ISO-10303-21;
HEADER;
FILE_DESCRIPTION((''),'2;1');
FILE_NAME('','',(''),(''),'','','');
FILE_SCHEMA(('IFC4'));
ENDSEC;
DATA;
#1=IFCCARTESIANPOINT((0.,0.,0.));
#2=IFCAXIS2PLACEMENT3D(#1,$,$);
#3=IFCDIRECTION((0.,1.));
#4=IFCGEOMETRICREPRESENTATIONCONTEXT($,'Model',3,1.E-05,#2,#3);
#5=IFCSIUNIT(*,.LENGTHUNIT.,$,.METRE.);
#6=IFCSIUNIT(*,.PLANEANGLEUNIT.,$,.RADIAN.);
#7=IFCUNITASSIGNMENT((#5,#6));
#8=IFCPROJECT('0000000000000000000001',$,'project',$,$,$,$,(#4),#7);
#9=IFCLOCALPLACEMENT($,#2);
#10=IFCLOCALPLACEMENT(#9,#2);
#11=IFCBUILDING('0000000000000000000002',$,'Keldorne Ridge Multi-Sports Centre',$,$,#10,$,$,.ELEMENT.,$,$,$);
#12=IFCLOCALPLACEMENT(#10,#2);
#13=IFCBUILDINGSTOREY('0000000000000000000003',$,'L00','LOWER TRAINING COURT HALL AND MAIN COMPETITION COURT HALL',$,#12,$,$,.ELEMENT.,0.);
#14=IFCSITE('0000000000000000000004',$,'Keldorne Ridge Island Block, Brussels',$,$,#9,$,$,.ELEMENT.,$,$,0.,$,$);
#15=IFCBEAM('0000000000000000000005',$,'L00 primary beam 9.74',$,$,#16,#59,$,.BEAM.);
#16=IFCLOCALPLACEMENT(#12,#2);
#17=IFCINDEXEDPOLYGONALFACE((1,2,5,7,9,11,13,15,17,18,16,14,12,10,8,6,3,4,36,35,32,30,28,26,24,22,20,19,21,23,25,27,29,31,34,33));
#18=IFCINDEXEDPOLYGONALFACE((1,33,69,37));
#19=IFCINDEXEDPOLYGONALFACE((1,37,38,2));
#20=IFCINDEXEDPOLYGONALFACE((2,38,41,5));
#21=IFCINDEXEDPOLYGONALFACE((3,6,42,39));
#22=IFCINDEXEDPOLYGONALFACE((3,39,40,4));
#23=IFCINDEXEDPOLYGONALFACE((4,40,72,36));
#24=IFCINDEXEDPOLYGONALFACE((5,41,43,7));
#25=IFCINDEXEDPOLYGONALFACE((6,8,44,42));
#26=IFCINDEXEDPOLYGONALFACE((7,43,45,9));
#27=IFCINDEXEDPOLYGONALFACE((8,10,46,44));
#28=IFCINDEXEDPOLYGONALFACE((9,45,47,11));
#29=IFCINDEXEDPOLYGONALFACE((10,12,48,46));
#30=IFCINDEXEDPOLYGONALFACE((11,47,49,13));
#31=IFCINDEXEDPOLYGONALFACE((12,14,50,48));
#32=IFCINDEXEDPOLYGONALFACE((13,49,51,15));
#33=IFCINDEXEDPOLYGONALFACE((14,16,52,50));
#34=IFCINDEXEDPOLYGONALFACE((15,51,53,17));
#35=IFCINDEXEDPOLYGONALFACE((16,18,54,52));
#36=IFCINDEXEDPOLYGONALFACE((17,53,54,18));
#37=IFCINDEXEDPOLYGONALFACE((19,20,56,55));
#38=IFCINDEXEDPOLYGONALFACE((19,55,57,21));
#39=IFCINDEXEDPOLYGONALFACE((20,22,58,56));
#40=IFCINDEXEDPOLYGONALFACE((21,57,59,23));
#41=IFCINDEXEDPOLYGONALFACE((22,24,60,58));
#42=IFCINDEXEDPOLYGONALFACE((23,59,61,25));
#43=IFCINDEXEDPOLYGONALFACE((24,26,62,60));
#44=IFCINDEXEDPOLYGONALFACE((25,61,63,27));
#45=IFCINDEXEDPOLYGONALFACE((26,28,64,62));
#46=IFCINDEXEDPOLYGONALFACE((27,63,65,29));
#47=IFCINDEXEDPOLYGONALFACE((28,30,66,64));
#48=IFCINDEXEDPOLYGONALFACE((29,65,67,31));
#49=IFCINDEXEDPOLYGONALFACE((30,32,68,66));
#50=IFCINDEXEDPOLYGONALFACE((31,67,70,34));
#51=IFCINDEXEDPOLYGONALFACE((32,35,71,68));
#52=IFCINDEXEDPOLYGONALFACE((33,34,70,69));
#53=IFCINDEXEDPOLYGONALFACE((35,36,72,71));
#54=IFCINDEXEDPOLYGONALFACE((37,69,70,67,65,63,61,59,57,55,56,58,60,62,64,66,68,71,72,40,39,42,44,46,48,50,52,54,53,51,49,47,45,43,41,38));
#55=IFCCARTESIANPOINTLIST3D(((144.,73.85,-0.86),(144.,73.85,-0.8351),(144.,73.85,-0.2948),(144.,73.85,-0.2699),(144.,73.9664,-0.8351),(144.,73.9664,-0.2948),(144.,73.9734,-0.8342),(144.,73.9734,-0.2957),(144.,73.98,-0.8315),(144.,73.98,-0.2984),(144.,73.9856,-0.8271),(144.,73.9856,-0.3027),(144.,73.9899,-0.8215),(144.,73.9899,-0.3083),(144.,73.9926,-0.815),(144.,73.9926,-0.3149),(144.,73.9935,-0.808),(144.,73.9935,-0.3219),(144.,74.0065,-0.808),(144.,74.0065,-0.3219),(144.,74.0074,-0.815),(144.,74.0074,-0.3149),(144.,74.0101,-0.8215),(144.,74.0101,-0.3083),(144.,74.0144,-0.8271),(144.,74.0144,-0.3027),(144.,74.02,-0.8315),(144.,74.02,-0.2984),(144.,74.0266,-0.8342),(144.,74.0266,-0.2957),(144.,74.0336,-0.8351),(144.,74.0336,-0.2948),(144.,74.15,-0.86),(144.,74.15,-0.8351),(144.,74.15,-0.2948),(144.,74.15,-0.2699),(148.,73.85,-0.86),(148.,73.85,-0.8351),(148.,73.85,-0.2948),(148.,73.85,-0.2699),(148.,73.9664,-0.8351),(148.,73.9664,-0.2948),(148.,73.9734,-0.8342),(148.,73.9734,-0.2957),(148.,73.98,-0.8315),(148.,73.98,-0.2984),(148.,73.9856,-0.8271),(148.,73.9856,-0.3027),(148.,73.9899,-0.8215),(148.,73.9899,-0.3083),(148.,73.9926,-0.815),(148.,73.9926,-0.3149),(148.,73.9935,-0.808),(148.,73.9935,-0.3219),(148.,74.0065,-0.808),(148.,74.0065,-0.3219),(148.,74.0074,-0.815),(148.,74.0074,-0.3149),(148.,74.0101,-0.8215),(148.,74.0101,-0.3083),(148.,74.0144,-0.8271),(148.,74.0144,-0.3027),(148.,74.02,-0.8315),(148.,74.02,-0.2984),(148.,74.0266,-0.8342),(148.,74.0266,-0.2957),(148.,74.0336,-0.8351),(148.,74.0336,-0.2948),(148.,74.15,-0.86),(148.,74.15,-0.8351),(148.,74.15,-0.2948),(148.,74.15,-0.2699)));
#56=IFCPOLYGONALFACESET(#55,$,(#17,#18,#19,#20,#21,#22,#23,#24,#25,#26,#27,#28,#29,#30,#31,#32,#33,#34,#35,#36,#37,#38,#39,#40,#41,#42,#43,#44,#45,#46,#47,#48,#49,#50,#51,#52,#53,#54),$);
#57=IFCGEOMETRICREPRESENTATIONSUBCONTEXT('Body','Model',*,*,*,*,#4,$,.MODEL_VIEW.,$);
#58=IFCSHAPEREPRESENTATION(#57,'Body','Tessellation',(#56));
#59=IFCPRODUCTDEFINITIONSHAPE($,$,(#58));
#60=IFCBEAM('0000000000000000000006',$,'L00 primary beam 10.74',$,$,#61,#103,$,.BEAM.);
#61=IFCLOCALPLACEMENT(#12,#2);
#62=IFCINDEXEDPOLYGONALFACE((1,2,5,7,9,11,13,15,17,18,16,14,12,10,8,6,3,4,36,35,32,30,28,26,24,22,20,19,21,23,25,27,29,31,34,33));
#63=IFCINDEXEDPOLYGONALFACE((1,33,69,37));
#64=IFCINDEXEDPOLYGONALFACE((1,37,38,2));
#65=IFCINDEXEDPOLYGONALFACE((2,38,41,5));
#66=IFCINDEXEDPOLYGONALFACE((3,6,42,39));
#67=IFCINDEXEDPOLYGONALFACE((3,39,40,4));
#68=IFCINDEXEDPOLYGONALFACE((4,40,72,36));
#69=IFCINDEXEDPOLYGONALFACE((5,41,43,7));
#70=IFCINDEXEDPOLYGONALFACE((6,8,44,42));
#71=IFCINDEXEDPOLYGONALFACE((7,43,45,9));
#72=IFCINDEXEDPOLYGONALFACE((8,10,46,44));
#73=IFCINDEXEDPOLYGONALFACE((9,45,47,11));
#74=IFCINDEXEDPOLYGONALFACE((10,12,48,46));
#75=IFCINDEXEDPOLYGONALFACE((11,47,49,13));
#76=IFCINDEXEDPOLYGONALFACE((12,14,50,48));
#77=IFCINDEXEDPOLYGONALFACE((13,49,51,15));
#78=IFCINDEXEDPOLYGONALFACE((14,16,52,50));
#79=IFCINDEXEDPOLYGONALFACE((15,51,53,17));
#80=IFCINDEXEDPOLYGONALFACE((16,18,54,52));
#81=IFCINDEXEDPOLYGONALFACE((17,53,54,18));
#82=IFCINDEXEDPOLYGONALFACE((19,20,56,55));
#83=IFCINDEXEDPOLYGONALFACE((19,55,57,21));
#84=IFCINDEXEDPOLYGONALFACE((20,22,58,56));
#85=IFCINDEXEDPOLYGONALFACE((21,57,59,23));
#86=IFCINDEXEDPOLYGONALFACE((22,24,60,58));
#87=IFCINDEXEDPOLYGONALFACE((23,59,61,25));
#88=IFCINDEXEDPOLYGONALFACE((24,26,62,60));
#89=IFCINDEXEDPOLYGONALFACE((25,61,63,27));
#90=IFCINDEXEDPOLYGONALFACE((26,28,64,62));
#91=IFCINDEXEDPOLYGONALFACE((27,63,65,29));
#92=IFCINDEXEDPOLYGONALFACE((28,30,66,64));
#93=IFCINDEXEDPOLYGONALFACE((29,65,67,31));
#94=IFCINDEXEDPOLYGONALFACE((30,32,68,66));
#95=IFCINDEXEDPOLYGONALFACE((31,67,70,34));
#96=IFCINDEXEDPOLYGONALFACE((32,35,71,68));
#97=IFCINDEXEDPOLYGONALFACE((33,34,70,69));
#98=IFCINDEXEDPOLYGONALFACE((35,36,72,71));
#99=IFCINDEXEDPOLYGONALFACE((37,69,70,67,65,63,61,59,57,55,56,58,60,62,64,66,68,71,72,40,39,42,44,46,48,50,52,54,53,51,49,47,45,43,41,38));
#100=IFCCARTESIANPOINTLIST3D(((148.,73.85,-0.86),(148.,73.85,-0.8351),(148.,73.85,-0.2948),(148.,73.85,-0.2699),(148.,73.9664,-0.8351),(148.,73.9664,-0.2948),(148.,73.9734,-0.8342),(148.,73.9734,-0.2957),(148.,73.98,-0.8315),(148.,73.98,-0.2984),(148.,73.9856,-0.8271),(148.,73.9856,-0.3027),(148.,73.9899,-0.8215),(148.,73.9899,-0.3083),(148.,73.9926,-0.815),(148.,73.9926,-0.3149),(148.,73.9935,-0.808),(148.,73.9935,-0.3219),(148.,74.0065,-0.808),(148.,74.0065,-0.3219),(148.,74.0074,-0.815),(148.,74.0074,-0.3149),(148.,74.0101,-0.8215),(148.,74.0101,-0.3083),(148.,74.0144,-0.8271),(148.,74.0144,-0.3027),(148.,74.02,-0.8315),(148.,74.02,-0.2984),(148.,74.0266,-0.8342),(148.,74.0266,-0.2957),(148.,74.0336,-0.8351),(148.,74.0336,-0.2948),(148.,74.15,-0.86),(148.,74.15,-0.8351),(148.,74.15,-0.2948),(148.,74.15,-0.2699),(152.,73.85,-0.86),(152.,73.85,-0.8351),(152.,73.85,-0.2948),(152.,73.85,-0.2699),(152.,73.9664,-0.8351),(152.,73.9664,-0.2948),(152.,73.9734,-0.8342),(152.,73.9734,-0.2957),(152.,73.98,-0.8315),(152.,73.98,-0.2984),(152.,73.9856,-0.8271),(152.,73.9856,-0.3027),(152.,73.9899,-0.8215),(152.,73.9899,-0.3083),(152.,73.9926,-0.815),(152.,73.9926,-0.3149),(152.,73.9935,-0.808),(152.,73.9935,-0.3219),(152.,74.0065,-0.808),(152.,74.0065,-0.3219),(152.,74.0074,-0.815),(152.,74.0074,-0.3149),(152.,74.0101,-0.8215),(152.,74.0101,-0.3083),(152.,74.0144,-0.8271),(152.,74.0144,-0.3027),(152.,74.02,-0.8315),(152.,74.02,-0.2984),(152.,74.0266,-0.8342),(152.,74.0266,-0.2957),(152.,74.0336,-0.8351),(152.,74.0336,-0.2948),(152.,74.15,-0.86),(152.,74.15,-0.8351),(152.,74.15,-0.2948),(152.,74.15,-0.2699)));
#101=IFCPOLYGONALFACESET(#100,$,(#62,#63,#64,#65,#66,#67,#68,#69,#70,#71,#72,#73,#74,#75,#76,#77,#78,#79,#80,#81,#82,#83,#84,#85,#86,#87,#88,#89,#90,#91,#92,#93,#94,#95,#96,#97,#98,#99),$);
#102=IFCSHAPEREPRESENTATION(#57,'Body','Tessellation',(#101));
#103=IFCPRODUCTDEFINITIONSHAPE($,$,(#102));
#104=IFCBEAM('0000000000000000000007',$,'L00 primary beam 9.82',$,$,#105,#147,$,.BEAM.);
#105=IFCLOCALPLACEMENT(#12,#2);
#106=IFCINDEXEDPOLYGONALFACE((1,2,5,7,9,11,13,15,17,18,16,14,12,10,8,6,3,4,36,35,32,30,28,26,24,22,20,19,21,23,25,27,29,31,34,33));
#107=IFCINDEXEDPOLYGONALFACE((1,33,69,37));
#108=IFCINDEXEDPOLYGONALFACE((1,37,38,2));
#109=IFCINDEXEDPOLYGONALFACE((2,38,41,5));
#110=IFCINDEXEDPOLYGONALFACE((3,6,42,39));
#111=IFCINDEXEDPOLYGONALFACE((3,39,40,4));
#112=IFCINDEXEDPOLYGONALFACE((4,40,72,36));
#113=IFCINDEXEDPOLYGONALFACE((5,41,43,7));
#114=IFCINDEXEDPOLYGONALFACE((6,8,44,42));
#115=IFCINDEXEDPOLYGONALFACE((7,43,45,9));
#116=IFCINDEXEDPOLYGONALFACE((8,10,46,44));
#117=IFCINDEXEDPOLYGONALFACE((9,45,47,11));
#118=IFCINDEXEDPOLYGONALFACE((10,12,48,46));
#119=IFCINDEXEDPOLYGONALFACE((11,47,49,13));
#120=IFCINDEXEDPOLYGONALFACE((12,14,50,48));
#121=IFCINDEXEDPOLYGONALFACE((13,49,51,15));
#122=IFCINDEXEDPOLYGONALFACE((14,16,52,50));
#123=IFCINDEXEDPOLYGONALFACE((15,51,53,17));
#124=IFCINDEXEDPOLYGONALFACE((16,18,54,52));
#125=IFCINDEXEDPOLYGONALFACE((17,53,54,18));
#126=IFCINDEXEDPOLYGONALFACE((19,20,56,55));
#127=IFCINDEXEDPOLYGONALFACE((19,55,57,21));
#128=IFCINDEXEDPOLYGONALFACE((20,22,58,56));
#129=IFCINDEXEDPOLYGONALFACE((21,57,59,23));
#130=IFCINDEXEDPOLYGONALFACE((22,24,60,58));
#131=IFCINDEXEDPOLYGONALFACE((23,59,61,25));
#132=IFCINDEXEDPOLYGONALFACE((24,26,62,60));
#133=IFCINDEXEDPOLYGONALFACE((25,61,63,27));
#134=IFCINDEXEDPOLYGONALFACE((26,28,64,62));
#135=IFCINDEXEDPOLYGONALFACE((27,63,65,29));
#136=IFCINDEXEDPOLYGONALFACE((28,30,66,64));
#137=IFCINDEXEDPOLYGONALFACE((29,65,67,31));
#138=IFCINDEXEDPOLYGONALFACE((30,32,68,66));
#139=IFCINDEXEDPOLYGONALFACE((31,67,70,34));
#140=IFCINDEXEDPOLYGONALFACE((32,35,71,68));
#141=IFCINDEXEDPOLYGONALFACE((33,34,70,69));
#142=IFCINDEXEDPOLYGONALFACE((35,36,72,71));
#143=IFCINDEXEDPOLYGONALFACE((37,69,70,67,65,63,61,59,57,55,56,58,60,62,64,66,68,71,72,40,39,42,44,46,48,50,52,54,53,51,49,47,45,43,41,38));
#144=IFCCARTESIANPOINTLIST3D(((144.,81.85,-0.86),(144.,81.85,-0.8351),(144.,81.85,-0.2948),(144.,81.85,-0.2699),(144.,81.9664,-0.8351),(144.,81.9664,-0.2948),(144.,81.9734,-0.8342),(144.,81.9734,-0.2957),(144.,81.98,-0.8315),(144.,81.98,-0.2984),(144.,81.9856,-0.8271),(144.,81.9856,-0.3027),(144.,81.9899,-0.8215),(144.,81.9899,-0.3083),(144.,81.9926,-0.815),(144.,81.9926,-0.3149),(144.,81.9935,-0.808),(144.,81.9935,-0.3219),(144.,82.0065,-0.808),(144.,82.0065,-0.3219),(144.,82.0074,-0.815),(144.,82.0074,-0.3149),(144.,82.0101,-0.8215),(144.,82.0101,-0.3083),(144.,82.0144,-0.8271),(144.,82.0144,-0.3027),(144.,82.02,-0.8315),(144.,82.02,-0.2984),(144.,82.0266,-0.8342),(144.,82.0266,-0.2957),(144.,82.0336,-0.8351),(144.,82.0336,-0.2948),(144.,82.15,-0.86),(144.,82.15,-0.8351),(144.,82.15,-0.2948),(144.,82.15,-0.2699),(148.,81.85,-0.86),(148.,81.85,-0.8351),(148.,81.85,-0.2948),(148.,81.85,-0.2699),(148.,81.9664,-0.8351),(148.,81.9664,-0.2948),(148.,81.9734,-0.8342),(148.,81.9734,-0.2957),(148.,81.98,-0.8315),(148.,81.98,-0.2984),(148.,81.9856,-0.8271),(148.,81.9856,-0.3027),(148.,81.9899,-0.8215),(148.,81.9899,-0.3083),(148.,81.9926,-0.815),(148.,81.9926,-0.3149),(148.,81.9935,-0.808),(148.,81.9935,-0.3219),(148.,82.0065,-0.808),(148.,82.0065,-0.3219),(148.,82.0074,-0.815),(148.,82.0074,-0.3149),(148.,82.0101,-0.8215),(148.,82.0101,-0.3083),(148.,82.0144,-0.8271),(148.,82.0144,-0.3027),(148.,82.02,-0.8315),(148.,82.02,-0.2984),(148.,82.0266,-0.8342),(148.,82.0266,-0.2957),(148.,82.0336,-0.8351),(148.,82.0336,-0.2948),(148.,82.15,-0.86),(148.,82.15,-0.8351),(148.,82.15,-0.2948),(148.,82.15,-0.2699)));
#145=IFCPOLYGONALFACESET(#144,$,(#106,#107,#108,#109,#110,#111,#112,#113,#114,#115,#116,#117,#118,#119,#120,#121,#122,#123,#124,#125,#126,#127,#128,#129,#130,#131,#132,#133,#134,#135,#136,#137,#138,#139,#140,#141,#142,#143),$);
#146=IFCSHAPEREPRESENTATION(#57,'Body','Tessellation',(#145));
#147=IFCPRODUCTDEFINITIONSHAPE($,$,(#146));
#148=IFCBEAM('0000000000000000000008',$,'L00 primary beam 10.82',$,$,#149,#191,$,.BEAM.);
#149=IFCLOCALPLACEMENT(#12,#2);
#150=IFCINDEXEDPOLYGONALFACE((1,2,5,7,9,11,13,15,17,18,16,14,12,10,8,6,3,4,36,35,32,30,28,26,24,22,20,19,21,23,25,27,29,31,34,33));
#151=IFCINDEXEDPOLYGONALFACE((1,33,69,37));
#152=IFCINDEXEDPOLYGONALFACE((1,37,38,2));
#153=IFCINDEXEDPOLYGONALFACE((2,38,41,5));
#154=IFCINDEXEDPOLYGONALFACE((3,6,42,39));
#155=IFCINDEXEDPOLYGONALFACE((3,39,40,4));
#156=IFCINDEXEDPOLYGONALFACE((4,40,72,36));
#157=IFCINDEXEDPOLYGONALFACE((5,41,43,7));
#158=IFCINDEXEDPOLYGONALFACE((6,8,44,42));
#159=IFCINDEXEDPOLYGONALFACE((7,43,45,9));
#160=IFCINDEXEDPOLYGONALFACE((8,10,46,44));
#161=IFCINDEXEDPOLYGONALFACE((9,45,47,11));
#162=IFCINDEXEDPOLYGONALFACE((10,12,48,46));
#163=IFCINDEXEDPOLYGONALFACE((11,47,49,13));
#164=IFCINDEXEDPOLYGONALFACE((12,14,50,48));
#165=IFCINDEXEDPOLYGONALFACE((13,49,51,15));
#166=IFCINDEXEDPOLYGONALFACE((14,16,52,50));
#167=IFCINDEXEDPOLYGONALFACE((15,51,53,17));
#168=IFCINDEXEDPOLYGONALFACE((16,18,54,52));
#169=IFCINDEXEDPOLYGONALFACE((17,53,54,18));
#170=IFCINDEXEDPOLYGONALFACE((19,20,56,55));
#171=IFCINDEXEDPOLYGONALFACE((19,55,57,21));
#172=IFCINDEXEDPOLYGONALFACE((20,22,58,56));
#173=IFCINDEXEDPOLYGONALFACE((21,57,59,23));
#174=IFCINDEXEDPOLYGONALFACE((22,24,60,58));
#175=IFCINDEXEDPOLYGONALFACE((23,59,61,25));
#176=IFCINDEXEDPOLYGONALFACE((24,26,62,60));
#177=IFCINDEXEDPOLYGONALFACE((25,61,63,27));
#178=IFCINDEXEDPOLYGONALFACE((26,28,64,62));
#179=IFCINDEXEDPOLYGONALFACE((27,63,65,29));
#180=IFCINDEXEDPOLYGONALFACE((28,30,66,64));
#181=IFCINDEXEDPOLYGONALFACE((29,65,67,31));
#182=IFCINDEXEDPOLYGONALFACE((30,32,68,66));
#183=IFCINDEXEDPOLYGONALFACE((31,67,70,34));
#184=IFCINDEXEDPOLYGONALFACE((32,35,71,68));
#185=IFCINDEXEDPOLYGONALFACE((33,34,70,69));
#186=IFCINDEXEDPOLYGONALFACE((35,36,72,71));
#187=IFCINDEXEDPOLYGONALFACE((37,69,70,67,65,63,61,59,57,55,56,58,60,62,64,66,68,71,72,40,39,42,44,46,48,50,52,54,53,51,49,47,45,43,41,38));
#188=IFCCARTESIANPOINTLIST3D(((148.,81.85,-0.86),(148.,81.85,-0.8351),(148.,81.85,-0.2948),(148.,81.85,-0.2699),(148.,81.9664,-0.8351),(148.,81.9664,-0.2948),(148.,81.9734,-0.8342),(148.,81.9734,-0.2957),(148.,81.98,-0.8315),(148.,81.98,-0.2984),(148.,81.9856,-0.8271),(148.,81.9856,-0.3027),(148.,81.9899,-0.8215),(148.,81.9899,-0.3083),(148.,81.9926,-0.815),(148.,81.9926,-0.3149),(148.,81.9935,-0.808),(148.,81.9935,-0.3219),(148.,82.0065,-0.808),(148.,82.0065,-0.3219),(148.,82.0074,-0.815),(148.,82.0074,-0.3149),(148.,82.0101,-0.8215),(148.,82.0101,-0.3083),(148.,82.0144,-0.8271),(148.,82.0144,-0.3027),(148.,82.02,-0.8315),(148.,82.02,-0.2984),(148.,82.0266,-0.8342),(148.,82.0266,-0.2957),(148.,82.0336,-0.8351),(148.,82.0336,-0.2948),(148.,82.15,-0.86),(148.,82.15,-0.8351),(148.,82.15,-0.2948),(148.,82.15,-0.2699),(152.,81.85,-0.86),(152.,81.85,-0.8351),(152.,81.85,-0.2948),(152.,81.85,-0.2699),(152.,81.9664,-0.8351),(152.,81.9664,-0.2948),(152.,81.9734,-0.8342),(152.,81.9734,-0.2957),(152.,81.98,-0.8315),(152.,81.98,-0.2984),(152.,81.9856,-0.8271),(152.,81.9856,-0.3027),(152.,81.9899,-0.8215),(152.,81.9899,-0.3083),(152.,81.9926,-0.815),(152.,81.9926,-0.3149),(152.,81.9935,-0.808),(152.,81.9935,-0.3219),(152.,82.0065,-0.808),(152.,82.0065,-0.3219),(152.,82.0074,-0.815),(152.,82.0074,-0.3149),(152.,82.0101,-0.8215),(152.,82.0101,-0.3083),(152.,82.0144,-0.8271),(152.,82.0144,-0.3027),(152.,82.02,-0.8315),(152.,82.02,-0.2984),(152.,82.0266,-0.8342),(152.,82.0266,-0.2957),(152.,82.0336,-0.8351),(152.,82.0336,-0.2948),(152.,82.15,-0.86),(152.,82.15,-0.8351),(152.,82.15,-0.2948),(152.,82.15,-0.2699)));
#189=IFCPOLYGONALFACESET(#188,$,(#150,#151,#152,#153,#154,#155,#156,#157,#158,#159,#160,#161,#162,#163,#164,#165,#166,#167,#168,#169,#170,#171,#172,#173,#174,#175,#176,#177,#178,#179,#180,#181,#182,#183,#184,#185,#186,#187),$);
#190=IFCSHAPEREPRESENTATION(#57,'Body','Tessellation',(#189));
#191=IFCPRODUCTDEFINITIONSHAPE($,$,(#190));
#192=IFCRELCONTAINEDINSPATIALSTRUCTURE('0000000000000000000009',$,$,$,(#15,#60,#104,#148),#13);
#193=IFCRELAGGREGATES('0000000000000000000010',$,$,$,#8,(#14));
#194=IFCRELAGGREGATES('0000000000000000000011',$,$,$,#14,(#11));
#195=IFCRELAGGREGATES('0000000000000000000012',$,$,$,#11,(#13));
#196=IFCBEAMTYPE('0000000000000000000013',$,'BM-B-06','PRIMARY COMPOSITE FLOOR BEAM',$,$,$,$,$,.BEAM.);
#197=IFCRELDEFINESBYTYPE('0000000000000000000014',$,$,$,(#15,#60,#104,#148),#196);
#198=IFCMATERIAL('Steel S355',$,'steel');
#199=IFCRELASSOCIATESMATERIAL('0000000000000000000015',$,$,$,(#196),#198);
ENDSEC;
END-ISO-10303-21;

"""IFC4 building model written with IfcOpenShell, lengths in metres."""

from ifc_helpers import new_model, si_unit, direction, frame, origin, origin_2d, place, context, subcontext, project, spatial, i_section, extrude, material, material_profile, profile_set, type_object, element, save


model = new_model("IFC4")

# Units and contexts
model_context = context("Model", 3, precision=1e-05, world=origin(), true_north=direction((0.0, 1.0)))
body_context = subcontext(model_context, "Body", "Model", "MODEL_VIEW")
ifc_project = project(units=[si_unit("LENGTHUNIT", "METRE"), si_unit("PLANEANGLEUNIT", "RADIAN")], contexts=[model_context])

# Site, building, storey
site_placement = place(None, origin())
site = spatial("IfcSite", under=ifc_project, at=site_placement, Name="Keldorne Ridge Island Block, Brussels", CompositionType="ELEMENT", RefElevation=0.0)
building_placement = place(site_placement, origin())
building = spatial("IfcBuilding", under=site, at=building_placement, Name="Keldorne Ridge Multi-Sports Centre", CompositionType="ELEMENT")
storey_placement = place(building_placement, origin())
storey = spatial("IfcBuildingStorey", under=building, at=storey_placement, Name="L00", Description="LOWER TRAINING COURT HALL AND MAIN COMPETITION COURT HALL", CompositionType="ELEMENT", Elevation=0.0)

# Shared definitions
ifc_material_1 = material(Name="Steel S355", Category="steel")

# Beams
ifc_material_profile_1 = material_profile(ifc_material_1, i_section(OverallWidth=0.3, OverallDepth=0.5901, WebThickness=0.0129, FlangeThickness=0.0249, FilletRadius=0.0271, at=origin_2d()), Name="HEA 600")
ifc_profile_set_1 = profile_set([ifc_material_profile_1], Name="Steel S355")
beam_type_1 = type_object("IfcBeamType", Name="BM-B-06", Description="PRIMARY COMPOSITE FLOOR BEAM", PredefinedType="BEAM", material=ifc_profile_set_1)
for number, where, z_axis, x_axis, name in (
    (1, (144.0, 74.0, -0.5649), (1.0, 0.0, 0.0), (0.0, 1.0, 0.0), "L00 primary beam 9.74"),
    (2, (148.0, 74.0, -0.5649), (1.0, 0.0, 0.0), (0.0, 1.0, 0.0), "L00 primary beam 10.74"),
    (3, (144.0, 82.0, -0.5649), (1.0, 0.0, 0.0), (0.0, 1.0, 0.0), "L00 primary beam 9.82"),
    (4, (148.0, 82.0, -0.5649), (1.0, 0.0, 0.0), (0.0, 1.0, 0.0), "L00 primary beam 10.82"),
):
    element("IfcBeam", number, at=place(storey_placement, frame(where, z_axis=z_axis, x_axis=x_axis)), inside=storey, type_object=beam_type_1, Name=name, PredefinedType="BEAM", context=body_context, shape_type="SweptSolid", body=[
        extrude(i_section(OverallWidth=0.3, OverallDepth=0.5901, WebThickness=0.0129, FlangeThickness=0.0249, FilletRadius=0.0271, at=origin_2d()), origin(), (0.0, 0.0, 1.0), 4.0),
    ])

save(model, "model.ifc")
